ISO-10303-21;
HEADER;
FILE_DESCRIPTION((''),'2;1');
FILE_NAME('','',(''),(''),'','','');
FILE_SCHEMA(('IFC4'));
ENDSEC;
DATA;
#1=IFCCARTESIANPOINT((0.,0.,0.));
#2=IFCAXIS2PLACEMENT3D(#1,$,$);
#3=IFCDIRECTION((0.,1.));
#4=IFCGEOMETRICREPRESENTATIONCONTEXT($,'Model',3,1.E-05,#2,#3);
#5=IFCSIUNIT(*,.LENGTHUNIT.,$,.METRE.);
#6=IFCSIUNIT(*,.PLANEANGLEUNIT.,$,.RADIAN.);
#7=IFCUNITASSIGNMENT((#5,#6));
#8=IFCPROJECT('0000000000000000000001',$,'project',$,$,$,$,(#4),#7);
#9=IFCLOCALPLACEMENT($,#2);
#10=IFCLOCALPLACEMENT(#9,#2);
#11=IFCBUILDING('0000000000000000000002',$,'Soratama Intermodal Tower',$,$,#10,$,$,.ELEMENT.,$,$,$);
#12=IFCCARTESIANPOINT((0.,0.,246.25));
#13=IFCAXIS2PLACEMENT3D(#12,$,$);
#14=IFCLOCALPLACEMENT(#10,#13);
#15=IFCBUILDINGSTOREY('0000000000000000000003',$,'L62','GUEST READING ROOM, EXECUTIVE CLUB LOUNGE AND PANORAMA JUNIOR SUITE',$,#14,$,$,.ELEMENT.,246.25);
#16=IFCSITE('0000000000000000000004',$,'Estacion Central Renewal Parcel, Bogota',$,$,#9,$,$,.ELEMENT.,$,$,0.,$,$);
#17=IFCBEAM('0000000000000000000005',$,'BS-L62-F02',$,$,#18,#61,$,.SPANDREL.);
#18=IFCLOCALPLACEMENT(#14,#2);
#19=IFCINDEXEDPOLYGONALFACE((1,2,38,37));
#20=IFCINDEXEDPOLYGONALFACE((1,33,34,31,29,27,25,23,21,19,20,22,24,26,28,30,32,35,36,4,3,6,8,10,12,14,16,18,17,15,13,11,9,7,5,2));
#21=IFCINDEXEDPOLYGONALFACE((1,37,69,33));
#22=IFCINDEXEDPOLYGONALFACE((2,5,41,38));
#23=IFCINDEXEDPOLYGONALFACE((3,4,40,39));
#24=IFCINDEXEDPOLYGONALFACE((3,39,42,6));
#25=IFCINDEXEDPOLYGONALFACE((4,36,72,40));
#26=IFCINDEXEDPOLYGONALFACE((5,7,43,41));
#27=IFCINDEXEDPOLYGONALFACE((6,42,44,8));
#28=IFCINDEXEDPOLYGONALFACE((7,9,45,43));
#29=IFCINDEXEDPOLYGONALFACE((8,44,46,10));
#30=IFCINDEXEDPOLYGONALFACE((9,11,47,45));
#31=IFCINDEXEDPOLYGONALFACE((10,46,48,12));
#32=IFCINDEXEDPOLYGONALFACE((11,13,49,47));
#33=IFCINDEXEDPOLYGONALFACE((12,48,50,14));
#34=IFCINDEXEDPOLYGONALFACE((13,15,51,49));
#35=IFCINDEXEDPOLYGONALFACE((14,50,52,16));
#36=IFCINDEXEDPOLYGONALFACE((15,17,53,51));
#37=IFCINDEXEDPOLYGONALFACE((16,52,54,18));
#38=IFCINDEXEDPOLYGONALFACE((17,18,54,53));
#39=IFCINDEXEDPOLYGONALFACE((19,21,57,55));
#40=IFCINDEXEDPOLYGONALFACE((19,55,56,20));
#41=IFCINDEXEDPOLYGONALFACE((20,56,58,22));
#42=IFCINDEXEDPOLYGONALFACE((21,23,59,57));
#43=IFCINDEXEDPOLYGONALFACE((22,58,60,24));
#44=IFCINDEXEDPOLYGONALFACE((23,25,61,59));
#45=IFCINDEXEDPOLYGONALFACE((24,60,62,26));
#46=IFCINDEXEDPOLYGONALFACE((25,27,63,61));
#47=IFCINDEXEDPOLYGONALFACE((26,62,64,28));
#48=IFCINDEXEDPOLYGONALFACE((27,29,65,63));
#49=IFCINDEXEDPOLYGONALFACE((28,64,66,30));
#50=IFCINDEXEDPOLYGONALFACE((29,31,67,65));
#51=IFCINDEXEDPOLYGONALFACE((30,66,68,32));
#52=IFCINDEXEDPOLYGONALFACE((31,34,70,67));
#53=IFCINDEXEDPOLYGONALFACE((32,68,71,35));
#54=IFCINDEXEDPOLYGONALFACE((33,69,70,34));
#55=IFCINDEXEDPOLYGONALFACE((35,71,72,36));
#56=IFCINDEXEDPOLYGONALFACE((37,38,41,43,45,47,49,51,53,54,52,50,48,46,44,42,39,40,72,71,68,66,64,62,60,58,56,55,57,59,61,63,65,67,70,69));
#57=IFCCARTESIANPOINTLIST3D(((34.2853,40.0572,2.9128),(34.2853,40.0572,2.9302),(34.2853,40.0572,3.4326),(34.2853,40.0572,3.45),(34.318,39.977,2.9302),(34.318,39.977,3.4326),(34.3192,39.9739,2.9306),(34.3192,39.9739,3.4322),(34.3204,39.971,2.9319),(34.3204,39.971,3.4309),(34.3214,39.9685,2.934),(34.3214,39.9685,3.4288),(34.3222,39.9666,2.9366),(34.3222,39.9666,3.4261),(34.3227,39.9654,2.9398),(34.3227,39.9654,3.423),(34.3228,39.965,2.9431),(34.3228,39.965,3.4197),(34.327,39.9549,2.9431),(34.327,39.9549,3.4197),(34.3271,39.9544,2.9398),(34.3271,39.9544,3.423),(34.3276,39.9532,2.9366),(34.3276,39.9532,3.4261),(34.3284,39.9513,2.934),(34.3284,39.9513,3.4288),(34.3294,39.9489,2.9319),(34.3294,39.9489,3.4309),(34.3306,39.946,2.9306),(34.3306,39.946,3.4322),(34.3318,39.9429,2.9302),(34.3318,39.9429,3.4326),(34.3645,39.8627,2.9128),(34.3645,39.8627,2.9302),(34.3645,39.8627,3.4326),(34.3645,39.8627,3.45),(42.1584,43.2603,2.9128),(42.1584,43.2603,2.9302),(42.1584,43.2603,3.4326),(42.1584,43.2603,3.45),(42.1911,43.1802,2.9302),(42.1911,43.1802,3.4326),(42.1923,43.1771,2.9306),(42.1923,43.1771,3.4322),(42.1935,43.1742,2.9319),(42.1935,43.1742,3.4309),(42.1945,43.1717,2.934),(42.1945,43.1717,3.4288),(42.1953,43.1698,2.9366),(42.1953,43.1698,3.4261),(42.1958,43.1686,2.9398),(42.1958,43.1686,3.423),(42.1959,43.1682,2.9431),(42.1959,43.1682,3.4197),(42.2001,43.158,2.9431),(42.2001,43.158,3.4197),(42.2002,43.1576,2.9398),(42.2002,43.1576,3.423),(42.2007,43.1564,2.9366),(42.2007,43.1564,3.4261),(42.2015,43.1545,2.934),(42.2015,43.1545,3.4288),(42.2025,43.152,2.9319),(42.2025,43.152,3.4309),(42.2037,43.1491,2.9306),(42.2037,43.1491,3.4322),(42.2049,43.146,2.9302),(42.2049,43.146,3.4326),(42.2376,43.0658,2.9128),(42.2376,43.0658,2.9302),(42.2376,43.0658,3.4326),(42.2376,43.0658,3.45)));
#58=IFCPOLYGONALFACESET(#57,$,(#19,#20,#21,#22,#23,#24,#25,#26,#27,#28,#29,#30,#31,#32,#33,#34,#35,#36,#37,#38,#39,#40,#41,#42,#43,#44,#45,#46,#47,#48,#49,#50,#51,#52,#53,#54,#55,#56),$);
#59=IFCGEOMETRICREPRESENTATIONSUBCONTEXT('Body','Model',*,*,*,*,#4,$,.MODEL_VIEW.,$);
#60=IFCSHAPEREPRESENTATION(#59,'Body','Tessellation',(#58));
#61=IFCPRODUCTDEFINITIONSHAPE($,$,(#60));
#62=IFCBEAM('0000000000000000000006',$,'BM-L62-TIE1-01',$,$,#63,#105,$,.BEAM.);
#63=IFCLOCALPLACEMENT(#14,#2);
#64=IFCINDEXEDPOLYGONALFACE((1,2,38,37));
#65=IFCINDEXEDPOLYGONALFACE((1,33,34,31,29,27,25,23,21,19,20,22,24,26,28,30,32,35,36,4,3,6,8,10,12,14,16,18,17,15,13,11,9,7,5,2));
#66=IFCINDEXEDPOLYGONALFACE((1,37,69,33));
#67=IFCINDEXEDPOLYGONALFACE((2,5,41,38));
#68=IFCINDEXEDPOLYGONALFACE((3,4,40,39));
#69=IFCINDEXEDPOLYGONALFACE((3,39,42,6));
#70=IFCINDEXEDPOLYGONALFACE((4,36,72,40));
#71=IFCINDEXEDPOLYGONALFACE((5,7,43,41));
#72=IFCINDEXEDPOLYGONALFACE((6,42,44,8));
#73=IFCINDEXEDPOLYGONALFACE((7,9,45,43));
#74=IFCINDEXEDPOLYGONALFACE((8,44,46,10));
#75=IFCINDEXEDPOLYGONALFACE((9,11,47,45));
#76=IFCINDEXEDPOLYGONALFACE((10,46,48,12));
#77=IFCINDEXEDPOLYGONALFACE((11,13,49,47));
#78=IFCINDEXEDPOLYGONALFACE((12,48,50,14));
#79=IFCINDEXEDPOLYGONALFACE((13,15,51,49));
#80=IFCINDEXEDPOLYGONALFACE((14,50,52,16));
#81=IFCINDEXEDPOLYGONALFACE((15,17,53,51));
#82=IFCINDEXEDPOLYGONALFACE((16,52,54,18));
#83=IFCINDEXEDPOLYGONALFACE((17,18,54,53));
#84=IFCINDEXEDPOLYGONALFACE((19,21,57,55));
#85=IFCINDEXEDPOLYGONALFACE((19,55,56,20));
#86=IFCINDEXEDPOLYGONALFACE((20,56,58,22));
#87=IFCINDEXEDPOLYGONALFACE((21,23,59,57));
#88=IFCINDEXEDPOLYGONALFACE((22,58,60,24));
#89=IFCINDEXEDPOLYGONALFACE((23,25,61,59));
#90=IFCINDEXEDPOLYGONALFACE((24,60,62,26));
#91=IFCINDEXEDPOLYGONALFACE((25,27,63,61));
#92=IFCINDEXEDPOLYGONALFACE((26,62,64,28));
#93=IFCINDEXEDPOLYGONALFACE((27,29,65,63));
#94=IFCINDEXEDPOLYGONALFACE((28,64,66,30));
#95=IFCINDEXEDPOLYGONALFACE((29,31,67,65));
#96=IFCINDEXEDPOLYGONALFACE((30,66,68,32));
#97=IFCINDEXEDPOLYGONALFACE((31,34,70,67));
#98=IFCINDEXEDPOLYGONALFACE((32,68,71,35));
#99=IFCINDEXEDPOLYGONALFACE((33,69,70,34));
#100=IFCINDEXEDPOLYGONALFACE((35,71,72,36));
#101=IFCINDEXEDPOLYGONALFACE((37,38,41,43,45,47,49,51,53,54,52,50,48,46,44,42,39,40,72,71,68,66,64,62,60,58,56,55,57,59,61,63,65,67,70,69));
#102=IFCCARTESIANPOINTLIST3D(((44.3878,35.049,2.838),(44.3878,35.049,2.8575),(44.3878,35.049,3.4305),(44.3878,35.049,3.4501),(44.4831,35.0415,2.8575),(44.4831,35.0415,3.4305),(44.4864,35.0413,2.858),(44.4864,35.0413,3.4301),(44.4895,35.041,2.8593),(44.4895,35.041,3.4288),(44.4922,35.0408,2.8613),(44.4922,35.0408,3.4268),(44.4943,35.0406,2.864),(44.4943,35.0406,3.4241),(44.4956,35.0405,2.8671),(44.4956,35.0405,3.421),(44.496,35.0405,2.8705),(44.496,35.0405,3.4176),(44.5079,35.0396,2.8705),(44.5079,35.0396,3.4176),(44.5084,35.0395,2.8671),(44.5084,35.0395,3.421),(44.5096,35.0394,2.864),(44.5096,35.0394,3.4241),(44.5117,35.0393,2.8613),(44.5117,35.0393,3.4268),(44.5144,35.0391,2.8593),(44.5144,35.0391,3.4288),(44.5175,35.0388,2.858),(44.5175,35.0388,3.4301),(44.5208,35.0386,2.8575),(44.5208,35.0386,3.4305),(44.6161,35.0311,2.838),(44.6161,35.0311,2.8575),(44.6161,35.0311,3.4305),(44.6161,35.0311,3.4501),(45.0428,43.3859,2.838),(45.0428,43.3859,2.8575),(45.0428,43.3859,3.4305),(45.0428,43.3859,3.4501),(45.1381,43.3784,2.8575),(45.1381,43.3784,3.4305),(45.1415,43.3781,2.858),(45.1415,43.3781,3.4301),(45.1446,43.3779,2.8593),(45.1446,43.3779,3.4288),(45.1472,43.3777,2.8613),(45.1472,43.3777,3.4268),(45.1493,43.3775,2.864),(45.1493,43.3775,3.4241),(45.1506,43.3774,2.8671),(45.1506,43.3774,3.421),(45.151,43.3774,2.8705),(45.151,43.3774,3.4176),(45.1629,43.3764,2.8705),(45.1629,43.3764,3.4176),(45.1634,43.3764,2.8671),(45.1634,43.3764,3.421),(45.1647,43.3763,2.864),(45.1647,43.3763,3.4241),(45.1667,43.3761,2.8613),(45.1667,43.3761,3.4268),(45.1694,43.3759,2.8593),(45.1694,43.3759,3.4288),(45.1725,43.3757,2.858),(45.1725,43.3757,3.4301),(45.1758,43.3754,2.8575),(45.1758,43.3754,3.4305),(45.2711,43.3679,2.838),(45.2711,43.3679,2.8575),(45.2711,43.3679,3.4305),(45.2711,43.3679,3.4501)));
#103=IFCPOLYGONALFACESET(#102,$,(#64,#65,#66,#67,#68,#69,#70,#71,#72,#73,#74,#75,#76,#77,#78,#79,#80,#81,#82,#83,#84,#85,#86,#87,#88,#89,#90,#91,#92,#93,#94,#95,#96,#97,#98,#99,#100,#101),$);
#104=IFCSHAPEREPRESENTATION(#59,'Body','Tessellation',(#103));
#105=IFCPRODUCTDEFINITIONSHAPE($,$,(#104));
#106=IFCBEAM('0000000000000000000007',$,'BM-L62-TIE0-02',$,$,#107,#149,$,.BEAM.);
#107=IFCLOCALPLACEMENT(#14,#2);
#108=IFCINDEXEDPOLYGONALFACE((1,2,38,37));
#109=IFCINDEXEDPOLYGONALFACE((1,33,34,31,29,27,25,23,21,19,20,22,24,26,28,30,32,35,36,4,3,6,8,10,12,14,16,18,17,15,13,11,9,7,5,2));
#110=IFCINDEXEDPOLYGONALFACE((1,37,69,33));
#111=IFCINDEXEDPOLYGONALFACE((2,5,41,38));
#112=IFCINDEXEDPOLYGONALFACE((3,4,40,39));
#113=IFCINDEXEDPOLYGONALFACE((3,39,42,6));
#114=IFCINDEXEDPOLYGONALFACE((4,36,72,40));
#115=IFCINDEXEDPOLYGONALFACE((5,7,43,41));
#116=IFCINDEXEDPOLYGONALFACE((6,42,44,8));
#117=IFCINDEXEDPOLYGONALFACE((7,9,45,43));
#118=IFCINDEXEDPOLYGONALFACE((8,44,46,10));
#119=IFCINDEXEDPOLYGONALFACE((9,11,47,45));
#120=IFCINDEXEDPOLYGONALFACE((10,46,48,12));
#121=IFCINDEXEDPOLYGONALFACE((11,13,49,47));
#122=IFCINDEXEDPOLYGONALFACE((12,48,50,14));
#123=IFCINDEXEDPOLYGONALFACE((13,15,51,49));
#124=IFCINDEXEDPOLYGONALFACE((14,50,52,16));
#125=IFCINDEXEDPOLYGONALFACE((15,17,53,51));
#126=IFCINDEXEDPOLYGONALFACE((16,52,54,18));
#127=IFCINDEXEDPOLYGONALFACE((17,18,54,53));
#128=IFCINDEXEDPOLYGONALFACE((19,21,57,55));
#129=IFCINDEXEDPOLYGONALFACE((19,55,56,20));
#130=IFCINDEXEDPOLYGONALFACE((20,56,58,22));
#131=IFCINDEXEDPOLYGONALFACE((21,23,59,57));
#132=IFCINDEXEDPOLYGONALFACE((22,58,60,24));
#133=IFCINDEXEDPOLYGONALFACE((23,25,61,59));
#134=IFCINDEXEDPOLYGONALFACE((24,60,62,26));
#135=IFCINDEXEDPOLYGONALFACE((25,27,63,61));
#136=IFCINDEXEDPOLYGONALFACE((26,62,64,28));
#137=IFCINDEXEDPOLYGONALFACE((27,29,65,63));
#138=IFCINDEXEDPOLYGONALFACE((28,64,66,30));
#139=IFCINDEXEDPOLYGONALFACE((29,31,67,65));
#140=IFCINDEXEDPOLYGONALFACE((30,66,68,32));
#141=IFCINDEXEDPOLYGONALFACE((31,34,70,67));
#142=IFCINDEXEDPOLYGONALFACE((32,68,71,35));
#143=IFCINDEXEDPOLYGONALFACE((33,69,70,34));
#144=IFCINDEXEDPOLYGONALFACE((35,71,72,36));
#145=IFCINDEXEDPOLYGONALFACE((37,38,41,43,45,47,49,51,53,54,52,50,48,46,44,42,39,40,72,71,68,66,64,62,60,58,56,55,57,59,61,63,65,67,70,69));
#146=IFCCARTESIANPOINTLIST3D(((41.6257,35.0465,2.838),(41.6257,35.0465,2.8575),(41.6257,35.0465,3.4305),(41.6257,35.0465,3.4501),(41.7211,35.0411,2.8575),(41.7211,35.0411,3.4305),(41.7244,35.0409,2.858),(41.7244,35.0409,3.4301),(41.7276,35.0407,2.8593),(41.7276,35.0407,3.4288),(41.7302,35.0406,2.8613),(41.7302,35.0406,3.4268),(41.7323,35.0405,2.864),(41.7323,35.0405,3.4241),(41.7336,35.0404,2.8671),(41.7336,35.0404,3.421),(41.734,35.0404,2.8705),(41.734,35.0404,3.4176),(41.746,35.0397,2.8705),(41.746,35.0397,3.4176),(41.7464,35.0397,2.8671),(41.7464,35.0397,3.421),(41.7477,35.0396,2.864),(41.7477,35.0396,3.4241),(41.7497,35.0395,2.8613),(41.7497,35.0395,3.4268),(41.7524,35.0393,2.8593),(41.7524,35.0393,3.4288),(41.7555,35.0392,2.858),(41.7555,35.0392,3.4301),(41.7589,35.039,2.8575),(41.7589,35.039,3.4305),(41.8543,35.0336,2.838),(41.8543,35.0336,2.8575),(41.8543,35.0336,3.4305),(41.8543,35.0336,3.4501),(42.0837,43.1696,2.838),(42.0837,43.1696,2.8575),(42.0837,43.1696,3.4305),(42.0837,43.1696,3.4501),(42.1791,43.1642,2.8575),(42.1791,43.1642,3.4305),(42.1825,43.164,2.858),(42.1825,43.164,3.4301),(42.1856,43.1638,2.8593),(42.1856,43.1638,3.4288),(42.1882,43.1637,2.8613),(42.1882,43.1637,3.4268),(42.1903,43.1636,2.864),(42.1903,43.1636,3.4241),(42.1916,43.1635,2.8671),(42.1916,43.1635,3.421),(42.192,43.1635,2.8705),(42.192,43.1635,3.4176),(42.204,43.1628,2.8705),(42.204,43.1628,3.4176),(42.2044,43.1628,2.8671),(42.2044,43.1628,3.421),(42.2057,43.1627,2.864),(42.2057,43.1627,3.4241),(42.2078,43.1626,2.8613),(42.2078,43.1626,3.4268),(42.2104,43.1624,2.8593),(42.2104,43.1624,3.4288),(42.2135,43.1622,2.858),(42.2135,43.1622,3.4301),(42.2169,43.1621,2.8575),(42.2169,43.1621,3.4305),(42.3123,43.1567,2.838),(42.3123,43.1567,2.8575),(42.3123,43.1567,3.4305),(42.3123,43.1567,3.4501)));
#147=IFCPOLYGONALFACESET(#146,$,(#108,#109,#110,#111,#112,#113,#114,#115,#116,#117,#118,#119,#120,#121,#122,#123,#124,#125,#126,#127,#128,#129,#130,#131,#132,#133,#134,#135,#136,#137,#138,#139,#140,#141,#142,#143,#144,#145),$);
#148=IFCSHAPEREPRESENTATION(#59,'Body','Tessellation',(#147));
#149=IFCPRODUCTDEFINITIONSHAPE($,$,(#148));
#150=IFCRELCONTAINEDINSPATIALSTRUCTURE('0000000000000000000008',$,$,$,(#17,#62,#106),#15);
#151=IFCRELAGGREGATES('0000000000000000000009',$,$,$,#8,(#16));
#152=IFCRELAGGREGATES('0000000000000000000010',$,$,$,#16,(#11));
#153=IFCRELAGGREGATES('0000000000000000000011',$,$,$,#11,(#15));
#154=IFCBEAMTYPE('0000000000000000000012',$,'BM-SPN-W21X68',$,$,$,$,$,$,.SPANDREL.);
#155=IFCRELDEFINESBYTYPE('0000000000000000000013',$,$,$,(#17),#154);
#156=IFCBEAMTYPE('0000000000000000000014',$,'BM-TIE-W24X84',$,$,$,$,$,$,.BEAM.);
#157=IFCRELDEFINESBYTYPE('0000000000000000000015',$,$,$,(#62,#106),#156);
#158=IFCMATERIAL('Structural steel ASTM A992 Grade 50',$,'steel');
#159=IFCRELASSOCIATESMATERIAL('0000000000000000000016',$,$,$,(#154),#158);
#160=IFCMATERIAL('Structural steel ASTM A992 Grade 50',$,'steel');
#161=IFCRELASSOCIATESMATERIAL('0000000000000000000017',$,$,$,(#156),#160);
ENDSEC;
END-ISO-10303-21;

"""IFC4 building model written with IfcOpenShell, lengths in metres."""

from ifc_helpers import new_model, si_unit, direction, frame, origin, origin_2d, place, context, subcontext, project, spatial, i_section, extrude, material, material_profile, profile_set, type_object, element, save


model = new_model("IFC4")

# Units and contexts
model_context = context("Model", 3, precision=1e-05, world=origin(), true_north=direction((0.0, 1.0)))
body_context = subcontext(model_context, "Body", "Model", "MODEL_VIEW")
ifc_project = project(units=[si_unit("LENGTHUNIT", "METRE"), si_unit("PLANEANGLEUNIT", "RADIAN")], contexts=[model_context])

# Site, building, storey
site_placement = place(None, origin())
site = spatial("IfcSite", under=ifc_project, at=site_placement, Name="Estacion Central Renewal Parcel, Bogota", CompositionType="ELEMENT", RefElevation=0.0)
building_placement = place(site_placement, origin())
building = spatial("IfcBuilding", under=site, at=building_placement, Name="Soratama Intermodal Tower", CompositionType="ELEMENT")
storey_placement = place(building_placement, frame((0.0, 0.0, 246.25)))
storey = spatial("IfcBuildingStorey", under=building, at=storey_placement, Name="L62", Description="GUEST READING ROOM, EXECUTIVE CLUB LOUNGE AND PANORAMA JUNIOR SUITE", CompositionType="ELEMENT", Elevation=246.25)

# Beams
ifc_material_1 = material(Name="Structural steel ASTM A992 Grade 50", Category="steel")
ifc_material_profile_1 = material_profile(ifc_material_1, i_section(OverallWidth=0.21, OverallDepth=0.5371, WebThickness=0.011, FlangeThickness=0.0173, FilletRadius=0.0129, at=origin_2d()), Name="W21X68")
ifc_profile_set_1 = profile_set([ifc_material_profile_1], Name="Structural steel ASTM A992 Grade 50")
beam_type_1 = type_object("IfcBeamType", Name="BM-SPN-W21X68", PredefinedType="SPANDREL", material=ifc_profile_set_1)
beam_1_placement = place(storey_placement, frame((42.198, 43.1631, 3.1814), z_axis=(-0.926274, -0.376852, 0.0), x_axis=(0.376852, -0.926274, 0.0)))
element("IfcBeam", 1, at=beam_1_placement, inside=storey, type_object=beam_type_1, Name="BS-L62-F02", PredefinedType="SPANDREL", context=body_context, shape_type="SweptSolid", body=[
    extrude(i_section(OverallWidth=0.21, OverallDepth=0.5371, WebThickness=0.011, FlangeThickness=0.0173, FilletRadius=0.0129, at=origin_2d()), origin(), (0.0, 0.0, 1.0), 8.4998),
])
ifc_material_2 = material(Name="Structural steel ASTM A992 Grade 50", Category="steel")
ifc_material_profile_2 = material_profile(ifc_material_2, i_section(OverallWidth=0.229, OverallDepth=0.6121, WebThickness=0.012, FlangeThickness=0.0195, FilletRadius=0.0129, at=origin_2d()), Name="W24X84")
ifc_profile_set_2 = profile_set([ifc_material_profile_2], Name="Structural steel ASTM A992 Grade 50")
beam_type_2 = type_object("IfcBeamType", Name="BM-TIE-W24X84", PredefinedType="BEAM", material=ifc_profile_set_2)
beam_2_placement = place(storey_placement, frame((44.502, 35.04, 3.144), z_axis=(0.078328, 0.996928, 0.0), x_axis=(-0.996928, 0.078328, 0.0)))
element("IfcBeam", 2, at=beam_2_placement, inside=storey, type_object=beam_type_2, Name="BM-L62-TIE1-01", PredefinedType="BEAM", context=body_context, shape_type="SweptSolid", body=[
    extrude(i_section(OverallWidth=0.229, OverallDepth=0.6121, WebThickness=0.012, FlangeThickness=0.0195, FilletRadius=0.0129, at=origin_2d()), origin(), (0.0, 0.0, 1.0), 8.3625),
])
beam_3_placement = place(storey_placement, frame((41.74, 35.04, 3.144), z_axis=(0.056294, 0.998414, 0.0), x_axis=(-0.998414, 0.056294, 0.0)))
element("IfcBeam", 3, at=beam_3_placement, inside=storey, type_object=beam_type_2, Name="BM-L62-TIE0-02", PredefinedType="BEAM", context=body_context, shape_type="SweptSolid", body=[
    extrude(i_section(OverallWidth=0.229, OverallDepth=0.6121, WebThickness=0.012, FlangeThickness=0.0195, FilletRadius=0.0129, at=origin_2d()), origin(), (0.0, 0.0, 1.0), 8.136),
])

save(model, "model.ifc")
